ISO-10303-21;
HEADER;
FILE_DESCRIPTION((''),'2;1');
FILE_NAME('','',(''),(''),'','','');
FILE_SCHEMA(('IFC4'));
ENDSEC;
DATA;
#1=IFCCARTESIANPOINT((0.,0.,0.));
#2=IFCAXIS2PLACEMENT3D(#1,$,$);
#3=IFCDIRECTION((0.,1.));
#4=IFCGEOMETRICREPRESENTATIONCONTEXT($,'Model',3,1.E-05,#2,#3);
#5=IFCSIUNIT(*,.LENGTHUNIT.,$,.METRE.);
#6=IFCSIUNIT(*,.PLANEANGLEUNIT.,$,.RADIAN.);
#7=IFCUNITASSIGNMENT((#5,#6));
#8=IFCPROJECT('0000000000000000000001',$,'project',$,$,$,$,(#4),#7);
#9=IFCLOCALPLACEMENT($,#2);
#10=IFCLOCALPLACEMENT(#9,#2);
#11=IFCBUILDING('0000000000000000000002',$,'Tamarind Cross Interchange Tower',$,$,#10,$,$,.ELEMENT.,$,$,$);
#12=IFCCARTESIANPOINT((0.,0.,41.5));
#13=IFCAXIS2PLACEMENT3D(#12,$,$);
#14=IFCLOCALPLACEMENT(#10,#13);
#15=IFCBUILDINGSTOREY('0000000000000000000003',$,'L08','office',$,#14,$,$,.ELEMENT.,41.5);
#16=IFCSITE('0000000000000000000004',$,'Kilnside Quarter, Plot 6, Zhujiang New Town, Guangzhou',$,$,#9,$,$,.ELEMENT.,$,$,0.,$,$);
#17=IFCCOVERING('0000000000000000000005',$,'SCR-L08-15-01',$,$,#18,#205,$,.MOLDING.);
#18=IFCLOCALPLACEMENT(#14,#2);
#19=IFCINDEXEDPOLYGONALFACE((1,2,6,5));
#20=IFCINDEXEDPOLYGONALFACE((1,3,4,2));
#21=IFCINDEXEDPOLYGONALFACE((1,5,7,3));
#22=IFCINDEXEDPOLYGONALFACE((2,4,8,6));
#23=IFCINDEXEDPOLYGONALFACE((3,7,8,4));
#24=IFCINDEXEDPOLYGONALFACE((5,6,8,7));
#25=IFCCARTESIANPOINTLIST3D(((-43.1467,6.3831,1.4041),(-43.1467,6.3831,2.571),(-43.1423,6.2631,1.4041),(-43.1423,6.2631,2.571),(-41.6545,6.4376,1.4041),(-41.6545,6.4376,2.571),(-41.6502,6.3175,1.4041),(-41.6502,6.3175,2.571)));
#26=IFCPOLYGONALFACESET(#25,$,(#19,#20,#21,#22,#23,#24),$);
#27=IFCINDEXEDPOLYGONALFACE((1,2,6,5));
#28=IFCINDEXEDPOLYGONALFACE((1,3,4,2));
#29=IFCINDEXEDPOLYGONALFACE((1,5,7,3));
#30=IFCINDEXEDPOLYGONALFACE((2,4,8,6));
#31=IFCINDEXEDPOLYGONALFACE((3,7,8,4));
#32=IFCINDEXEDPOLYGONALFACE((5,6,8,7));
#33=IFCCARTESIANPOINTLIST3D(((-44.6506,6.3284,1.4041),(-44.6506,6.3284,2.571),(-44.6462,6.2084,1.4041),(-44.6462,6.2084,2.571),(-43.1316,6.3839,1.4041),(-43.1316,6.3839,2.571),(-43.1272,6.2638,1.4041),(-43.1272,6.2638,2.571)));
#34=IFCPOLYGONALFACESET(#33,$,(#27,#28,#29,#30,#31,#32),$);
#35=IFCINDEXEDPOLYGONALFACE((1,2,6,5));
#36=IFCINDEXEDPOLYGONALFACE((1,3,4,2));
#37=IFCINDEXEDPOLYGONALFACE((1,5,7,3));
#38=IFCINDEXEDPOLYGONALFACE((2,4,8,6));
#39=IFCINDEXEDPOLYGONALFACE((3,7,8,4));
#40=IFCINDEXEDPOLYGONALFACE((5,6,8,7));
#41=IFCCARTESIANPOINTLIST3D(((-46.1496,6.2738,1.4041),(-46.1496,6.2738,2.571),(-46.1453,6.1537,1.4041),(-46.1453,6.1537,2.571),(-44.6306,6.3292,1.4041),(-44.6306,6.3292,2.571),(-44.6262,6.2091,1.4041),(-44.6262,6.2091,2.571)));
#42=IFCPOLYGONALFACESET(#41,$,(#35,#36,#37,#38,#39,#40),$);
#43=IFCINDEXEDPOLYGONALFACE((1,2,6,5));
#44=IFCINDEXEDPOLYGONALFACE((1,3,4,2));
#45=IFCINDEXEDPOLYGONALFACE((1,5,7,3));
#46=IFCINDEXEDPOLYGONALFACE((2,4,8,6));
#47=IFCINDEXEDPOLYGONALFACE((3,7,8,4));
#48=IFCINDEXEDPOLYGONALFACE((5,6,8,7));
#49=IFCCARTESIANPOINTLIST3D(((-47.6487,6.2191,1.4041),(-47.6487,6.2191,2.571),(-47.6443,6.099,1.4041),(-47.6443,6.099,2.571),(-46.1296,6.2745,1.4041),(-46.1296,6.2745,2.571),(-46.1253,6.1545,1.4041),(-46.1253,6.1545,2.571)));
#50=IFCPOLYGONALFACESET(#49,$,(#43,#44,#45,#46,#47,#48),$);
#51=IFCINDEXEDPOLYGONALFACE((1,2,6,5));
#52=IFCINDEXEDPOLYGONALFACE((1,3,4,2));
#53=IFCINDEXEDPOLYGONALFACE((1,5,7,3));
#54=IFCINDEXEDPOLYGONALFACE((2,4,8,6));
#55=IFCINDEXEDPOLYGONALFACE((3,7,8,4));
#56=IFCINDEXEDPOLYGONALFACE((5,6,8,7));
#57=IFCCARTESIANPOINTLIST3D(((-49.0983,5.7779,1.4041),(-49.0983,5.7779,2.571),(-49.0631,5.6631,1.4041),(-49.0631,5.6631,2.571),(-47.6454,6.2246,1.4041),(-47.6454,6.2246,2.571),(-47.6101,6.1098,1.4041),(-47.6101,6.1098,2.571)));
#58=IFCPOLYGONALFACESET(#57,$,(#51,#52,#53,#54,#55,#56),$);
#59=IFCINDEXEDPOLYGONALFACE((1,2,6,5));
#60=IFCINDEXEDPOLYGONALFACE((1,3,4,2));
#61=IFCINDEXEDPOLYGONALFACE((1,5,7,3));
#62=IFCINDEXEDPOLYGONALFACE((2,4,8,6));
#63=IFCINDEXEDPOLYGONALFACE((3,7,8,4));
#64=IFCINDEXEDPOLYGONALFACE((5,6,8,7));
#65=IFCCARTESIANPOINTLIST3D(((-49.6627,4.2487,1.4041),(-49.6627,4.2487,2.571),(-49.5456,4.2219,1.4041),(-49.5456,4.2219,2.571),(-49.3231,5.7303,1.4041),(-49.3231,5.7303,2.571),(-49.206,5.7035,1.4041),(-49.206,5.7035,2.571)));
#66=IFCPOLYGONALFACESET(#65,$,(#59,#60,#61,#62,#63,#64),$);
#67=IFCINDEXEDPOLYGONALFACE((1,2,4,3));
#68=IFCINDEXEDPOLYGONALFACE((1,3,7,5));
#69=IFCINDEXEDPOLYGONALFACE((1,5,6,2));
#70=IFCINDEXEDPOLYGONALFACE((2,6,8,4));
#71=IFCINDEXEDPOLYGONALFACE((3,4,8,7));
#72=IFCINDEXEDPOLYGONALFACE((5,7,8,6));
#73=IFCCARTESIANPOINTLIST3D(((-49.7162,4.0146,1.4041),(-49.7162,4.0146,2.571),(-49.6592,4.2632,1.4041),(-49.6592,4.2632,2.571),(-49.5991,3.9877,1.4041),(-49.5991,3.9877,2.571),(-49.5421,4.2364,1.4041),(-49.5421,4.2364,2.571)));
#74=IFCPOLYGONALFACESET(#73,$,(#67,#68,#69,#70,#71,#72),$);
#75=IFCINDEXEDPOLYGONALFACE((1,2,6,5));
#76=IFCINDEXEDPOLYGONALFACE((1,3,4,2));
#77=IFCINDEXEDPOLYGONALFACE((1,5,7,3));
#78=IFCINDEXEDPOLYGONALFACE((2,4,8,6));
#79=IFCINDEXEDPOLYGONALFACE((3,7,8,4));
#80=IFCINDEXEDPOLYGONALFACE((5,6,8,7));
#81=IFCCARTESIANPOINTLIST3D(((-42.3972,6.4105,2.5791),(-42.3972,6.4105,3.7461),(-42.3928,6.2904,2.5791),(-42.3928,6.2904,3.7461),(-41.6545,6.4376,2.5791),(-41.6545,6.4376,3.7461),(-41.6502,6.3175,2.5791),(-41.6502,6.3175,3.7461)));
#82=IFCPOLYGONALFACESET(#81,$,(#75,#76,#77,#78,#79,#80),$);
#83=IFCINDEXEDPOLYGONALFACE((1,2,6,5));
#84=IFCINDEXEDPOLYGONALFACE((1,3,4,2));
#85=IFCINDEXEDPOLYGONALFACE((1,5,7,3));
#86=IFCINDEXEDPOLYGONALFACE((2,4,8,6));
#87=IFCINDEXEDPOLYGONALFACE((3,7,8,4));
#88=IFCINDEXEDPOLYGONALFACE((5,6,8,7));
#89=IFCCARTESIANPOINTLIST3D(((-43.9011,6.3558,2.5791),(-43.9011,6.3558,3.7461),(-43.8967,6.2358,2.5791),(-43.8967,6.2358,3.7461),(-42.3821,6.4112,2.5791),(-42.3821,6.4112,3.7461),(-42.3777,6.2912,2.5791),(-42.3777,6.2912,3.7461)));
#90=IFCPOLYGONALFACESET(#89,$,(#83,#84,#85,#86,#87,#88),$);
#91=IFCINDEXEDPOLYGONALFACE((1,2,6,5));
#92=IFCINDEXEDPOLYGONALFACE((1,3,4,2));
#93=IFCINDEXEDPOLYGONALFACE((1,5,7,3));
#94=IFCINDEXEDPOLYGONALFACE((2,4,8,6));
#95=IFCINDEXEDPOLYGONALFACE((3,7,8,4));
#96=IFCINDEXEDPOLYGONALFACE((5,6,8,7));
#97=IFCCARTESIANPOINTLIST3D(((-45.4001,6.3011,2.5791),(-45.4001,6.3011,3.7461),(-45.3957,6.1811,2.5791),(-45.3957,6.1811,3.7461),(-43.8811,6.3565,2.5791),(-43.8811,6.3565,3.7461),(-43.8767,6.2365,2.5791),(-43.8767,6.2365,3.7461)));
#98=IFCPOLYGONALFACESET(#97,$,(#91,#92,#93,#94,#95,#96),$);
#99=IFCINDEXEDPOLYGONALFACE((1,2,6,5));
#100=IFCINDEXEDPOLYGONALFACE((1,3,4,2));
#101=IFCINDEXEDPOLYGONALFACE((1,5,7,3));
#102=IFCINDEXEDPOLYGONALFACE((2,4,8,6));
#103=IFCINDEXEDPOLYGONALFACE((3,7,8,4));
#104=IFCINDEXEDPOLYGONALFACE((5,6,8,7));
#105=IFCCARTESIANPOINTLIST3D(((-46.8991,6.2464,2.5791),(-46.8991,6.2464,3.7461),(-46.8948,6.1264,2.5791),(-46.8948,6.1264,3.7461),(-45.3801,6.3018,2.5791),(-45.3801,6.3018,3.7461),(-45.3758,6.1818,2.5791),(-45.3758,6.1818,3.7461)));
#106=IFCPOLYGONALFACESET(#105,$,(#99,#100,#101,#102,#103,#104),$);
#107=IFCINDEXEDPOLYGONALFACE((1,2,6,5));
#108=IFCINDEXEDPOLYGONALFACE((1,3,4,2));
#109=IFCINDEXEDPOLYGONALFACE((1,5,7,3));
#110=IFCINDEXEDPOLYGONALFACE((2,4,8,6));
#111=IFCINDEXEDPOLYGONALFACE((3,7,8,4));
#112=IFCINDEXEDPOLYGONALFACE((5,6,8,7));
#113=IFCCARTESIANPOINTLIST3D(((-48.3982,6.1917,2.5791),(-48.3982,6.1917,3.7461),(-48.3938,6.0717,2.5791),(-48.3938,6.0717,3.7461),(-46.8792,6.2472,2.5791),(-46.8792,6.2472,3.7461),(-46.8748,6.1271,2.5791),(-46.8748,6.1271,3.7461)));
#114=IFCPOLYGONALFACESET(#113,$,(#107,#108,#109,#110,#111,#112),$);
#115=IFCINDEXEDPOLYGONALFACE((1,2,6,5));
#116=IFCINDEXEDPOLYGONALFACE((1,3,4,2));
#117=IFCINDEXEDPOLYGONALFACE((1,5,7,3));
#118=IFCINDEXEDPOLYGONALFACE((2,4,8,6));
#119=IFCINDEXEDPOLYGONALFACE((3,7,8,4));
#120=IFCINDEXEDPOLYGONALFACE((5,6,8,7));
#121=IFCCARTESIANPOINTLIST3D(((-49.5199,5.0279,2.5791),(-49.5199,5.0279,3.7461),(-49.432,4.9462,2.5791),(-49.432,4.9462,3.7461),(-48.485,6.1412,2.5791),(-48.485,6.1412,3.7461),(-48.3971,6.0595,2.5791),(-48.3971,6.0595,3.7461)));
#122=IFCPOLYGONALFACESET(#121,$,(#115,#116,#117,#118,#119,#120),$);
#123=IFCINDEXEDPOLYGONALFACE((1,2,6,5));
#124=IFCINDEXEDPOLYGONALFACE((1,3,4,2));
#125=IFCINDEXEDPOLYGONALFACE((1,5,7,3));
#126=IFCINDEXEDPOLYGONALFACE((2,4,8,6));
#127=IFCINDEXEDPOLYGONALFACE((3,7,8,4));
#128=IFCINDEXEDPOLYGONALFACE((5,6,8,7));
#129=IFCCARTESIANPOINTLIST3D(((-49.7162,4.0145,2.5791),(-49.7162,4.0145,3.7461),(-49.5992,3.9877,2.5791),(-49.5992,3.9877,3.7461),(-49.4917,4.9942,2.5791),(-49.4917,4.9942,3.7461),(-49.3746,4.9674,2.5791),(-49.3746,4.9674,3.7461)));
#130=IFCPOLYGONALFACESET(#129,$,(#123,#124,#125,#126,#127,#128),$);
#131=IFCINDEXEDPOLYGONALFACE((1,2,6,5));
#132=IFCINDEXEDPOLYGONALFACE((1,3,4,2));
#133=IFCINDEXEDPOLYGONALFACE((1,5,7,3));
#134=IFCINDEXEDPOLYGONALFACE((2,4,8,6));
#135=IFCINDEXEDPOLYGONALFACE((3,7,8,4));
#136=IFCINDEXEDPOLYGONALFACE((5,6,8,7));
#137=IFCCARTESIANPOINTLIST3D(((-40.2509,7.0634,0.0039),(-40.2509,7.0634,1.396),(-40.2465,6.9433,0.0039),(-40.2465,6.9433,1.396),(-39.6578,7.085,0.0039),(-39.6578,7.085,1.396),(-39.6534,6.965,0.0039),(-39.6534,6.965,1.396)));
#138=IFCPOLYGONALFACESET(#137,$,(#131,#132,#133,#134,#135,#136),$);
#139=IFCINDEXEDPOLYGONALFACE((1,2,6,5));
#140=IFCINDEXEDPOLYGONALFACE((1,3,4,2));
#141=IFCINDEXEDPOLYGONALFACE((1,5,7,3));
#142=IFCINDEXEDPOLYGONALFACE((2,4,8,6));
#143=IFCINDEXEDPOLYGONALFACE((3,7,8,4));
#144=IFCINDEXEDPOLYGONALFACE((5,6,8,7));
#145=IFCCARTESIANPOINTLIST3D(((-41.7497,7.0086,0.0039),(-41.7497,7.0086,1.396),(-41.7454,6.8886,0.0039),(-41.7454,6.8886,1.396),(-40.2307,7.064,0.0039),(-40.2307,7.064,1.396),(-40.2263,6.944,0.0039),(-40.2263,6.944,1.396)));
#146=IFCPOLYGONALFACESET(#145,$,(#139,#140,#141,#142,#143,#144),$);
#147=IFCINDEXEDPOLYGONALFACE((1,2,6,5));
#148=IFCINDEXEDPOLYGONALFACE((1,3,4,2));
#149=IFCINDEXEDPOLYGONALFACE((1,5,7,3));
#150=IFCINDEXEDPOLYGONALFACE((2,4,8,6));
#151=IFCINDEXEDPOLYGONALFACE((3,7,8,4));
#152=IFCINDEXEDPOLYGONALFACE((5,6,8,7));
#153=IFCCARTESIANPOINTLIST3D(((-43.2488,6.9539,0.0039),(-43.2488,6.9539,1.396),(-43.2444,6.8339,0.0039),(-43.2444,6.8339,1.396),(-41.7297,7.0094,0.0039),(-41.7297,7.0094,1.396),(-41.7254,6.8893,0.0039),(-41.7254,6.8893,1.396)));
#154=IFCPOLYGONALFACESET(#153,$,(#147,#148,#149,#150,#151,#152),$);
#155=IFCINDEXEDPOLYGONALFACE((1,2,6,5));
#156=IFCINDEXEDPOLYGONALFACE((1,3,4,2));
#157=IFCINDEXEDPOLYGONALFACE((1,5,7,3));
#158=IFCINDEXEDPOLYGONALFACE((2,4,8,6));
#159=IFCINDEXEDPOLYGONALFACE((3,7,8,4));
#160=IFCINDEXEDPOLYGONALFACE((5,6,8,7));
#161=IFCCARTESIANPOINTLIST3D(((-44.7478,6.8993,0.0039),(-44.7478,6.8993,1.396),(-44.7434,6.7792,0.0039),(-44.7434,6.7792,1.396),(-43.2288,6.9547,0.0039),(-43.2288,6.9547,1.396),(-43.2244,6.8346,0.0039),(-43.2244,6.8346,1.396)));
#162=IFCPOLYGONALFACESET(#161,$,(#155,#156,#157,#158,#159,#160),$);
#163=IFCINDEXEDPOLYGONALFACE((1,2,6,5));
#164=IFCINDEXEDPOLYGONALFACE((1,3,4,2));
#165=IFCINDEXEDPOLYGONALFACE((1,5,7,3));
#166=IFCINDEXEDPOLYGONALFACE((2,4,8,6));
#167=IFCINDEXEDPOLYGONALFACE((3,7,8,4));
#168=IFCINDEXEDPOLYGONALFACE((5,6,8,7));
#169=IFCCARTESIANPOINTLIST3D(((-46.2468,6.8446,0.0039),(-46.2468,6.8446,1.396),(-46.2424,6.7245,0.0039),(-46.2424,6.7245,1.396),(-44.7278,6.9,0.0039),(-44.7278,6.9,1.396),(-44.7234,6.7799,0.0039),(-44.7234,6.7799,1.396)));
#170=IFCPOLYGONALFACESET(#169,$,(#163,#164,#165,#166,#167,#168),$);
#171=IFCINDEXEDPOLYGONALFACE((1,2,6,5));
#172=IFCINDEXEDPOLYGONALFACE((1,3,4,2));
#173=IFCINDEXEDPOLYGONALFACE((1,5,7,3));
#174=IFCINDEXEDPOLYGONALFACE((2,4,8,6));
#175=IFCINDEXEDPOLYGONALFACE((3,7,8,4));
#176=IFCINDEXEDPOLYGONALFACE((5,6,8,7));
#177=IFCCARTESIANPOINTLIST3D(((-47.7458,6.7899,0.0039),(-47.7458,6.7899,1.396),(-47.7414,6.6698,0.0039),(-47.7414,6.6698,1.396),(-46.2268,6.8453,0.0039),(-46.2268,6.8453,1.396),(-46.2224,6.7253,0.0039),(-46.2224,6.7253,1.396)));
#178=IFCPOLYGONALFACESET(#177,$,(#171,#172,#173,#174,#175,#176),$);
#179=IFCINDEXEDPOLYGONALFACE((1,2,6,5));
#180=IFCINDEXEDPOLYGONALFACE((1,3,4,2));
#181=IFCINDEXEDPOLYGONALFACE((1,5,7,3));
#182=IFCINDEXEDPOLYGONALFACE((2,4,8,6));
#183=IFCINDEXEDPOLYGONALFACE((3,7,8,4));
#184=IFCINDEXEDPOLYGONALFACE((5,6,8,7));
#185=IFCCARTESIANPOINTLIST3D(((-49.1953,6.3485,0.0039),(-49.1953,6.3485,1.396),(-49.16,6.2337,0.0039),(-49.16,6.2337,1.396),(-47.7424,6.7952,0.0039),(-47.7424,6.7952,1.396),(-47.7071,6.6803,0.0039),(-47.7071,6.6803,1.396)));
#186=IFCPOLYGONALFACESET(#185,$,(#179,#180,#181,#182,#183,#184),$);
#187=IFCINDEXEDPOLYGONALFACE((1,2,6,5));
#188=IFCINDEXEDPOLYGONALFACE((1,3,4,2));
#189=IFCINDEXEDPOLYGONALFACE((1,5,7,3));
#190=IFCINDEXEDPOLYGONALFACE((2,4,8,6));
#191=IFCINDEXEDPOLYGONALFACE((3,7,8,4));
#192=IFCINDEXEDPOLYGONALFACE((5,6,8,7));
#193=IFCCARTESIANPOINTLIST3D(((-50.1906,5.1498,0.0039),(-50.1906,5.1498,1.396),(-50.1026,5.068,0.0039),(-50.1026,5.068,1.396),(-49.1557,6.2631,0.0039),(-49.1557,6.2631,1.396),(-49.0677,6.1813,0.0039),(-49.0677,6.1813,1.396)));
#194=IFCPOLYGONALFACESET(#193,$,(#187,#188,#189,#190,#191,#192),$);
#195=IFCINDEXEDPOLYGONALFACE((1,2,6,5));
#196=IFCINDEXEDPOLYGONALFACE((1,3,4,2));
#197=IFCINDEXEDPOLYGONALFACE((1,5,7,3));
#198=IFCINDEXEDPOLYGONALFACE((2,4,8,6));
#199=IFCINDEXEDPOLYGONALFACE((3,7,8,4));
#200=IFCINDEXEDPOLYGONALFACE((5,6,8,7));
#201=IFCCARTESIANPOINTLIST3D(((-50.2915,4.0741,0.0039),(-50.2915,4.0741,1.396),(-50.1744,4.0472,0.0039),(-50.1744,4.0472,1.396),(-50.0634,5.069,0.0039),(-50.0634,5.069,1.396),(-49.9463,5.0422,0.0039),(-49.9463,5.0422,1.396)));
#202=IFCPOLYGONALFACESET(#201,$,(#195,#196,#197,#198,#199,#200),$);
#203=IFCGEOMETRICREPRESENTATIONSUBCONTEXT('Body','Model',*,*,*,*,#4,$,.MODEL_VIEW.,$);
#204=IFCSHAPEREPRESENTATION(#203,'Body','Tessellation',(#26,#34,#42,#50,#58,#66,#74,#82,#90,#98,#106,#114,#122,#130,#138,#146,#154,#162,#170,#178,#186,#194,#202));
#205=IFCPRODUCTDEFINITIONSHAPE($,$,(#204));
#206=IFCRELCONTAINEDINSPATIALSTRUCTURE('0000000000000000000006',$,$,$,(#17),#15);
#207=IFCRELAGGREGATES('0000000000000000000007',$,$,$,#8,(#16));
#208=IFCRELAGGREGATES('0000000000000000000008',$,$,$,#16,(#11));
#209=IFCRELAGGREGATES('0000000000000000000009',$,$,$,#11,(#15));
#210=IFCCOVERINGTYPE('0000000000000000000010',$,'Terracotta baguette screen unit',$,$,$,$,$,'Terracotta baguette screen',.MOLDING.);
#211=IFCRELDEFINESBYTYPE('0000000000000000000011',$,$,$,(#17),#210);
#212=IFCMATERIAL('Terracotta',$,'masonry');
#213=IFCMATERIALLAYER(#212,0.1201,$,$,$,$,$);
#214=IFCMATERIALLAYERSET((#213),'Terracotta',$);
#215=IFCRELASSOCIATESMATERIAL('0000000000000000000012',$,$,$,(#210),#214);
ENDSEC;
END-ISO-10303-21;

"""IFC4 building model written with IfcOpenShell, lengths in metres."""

from ifc_helpers import new_model, si_unit, direction, frame, origin, origin_2d, place, context, subcontext, project, spatial, rectangle, extrude, material, layer, layer_set, type_object, element, save


model = new_model("IFC4")

# Units and contexts
model_context = context("Model", 3, precision=1e-05, world=origin(), true_north=direction((0.0, 1.0)))
body_context = subcontext(model_context, "Body", "Model", "MODEL_VIEW")
ifc_project = project(units=[si_unit("LENGTHUNIT", "METRE"), si_unit("PLANEANGLEUNIT", "RADIAN")], contexts=[model_context])

# Site, building, storey
site_placement = place(None, origin())
site = spatial("IfcSite", under=ifc_project, at=site_placement, Name="Kilnside Quarter, Plot 6, Zhujiang New Town, Guangzhou", CompositionType="ELEMENT", RefElevation=0.0)
building_placement = place(site_placement, origin())
building = spatial("IfcBuilding", under=site, at=building_placement, Name="Tamarind Cross Interchange Tower", CompositionType="ELEMENT")
storey_placement = place(building_placement, frame((0.0, 0.0, 41.5)))
storey = spatial("IfcBuildingStorey", under=building, at=storey_placement, Name="L08", Description="office", CompositionType="ELEMENT", Elevation=41.5)

# Covering
ifc_material_1 = material(Name="Terracotta", Category="masonry")
ifc_layer_1 = layer(ifc_material_1, 0.1201)
ifc_layer_set_1 = layer_set([ifc_layer_1], Name="Terracotta")
covering_type = type_object("IfcCoveringType", Name="Terracotta baguette screen unit", ElementType="Terracotta baguette screen", PredefinedType="MOLDING", material=ifc_layer_set_1)
covering_1_placement = place(storey_placement, origin())
element("IfcCovering", 1, at=covering_1_placement, inside=storey, type_object=covering_type, Name="SCR-L08-15-01", PredefinedType="MOLDING", context=body_context, shape_type="SweptSolid", body=[
    extrude(rectangle(XDim=1.4932, YDim=0.1201, at=origin_2d()), frame((-42.3984, 6.3503, 1.4041), z_axis=(0.0, 0.0, 1.0), x_axis=(-0.999335, -0.036462, 0.0)), (0.0, 0.0, 1.0), 1.167),
    extrude(rectangle(XDim=1.52, YDim=0.1201, at=origin_2d()), frame((-43.8889, 6.2961, 1.4041), z_axis=(0.0, 0.0, 1.0), x_axis=(-0.999335, -0.036462, 0.0)), (0.0, 0.0, 1.0), 1.167),
    extrude(rectangle(XDim=1.52, YDim=0.1201, at=origin_2d()), frame((-45.3879, 6.2415, 1.4041), z_axis=(0.0, 0.0, 1.0), x_axis=(-0.999335, -0.036462, 0.0)), (0.0, 0.0, 1.0), 1.167),
    extrude(rectangle(XDim=1.52, YDim=0.1201, at=origin_2d()), frame((-46.887, 6.1868, 1.4041), z_axis=(0.0, 0.0, 1.0), x_axis=(-0.999335, -0.036462, 0.0)), (0.0, 0.0, 1.0), 1.167),
    extrude(rectangle(XDim=1.52, YDim=0.1201, at=origin_2d()), frame((-48.3542, 5.9438, 1.4041), z_axis=(0.0, 0.0, 1.0), x_axis=(-0.955846, -0.293867, 0.0)), (0.0, 0.0, 1.0), 1.167),
    extrude(rectangle(XDim=1.52, YDim=0.1201, at=origin_2d()), frame((-49.4343, 4.9761, 1.4041), z_axis=(0.0, 0.0, 1.0), x_axis=(-0.223427, -0.974721, 0.0)), (0.0, 0.0, 1.0), 1.167),
    extrude(rectangle(XDim=0.2551, YDim=0.1201, at=origin_2d()), frame((-49.6292, 4.1255, 1.4041), z_axis=(0.0, 0.0, 1.0), x_axis=(-0.223427, -0.974721, 0.0)), (0.0, 0.0, 1.0), 1.167),
    extrude(rectangle(XDim=0.7432, YDim=0.1201, at=origin_2d()), frame((-42.0237, 6.364, 2.5791), z_axis=(0.0, 0.0, 1.0), x_axis=(-0.999335, -0.036462, 0.0)), (0.0, 0.0, 1.0), 1.167),
    extrude(rectangle(XDim=1.52, YDim=0.1201, at=origin_2d()), frame((-43.1394, 6.3235, 2.5791), z_axis=(0.0, 0.0, 1.0), x_axis=(-0.999335, -0.036462, 0.0)), (0.0, 0.0, 1.0), 1.167),
    extrude(rectangle(XDim=1.52, YDim=0.1201, at=origin_2d()), frame((-44.6384, 6.2688, 2.5791), z_axis=(0.0, 0.0, 1.0), x_axis=(-0.999335, -0.036462, 0.0)), (0.0, 0.0, 1.0), 1.167),
    extrude(rectangle(XDim=1.52, YDim=0.1201, at=origin_2d()), frame((-46.1375, 6.2141, 2.5791), z_axis=(0.0, 0.0, 1.0), x_axis=(-0.999335, -0.036462, 0.0)), (0.0, 0.0, 1.0), 1.167),
    extrude(rectangle(XDim=1.52, YDim=0.1201, at=origin_2d()), frame((-47.6365, 6.1594, 2.5791), z_axis=(0.0, 0.0, 1.0), x_axis=(-0.999335, -0.036462, 0.0)), (0.0, 0.0, 1.0), 1.167),
    extrude(rectangle(XDim=1.52, YDim=0.1201, at=origin_2d()), frame((-48.9585, 5.5437, 2.5791), z_axis=(0.0, 0.0, 1.0), x_axis=(-0.680854, -0.732419, 0.0)), (0.0, 0.0, 1.0), 1.167),
    extrude(rectangle(XDim=1.0051, YDim=0.1201, at=origin_2d()), frame((-49.5454, 4.491, 2.5791), z_axis=(0.0, 0.0, 1.0), x_axis=(-0.223427, -0.974721, 0.0)), (0.0, 0.0, 1.0), 1.167),
    extrude(rectangle(XDim=0.5935, YDim=0.1201, at=origin_2d()), frame((-39.9521, 7.0142, 0.0039), z_axis=(0.0, 0.0, 1.0), x_axis=(-0.999335, -0.036462, 0.0)), (0.0, 0.0, 1.0), 1.3921),
    extrude(rectangle(XDim=1.52, YDim=0.1201, at=origin_2d()), frame((-40.988, 6.9763, 0.0039), z_axis=(0.0, 0.0, 1.0), x_axis=(-0.999335, -0.036462, 0.0)), (0.0, 0.0, 1.0), 1.3921),
    extrude(rectangle(XDim=1.52, YDim=0.1201, at=origin_2d()), frame((-42.4871, 6.9216, 0.0039), z_axis=(0.0, 0.0, 1.0), x_axis=(-0.999335, -0.036462, 0.0)), (0.0, 0.0, 1.0), 1.3921),
    extrude(rectangle(XDim=1.52, YDim=0.1201, at=origin_2d()), frame((-43.9861, 6.8669, 0.0039), z_axis=(0.0, 0.0, 1.0), x_axis=(-0.999335, -0.036462, 0.0)), (0.0, 0.0, 1.0), 1.3921),
    extrude(rectangle(XDim=1.52, YDim=0.1201, at=origin_2d()), frame((-45.4851, 6.8123, 0.0039), z_axis=(0.0, 0.0, 1.0), x_axis=(-0.999335, -0.036462, 0.0)), (0.0, 0.0, 1.0), 1.3921),
    extrude(rectangle(XDim=1.52, YDim=0.1201, at=origin_2d()), frame((-46.9841, 6.7576, 0.0039), z_axis=(0.0, 0.0, 1.0), x_axis=(-0.999335, -0.036462, 0.0)), (0.0, 0.0, 1.0), 1.3921),
    extrude(rectangle(XDim=1.52, YDim=0.1201, at=origin_2d()), frame((-48.4512, 6.5144, 0.0039), z_axis=(0.0, 0.0, 1.0), x_axis=(-0.955846, -0.293867, 0.0)), (0.0, 0.0, 1.0), 1.3921),
    extrude(rectangle(XDim=1.52, YDim=0.1201, at=origin_2d()), frame((-49.6292, 5.6655, 0.0039), z_axis=(0.0, 0.0, 1.0), x_axis=(-0.680854, -0.732419, 0.0)), (0.0, 0.0, 1.0), 1.3921),
    extrude(rectangle(XDim=1.0208, YDim=0.1201, at=origin_2d()), frame((-50.1189, 4.5581, 0.0039), z_axis=(0.0, 0.0, 1.0), x_axis=(-0.223427, -0.974721, 0.0)), (0.0, 0.0, 1.0), 1.3921),
])

save(model, "model.ifc")
